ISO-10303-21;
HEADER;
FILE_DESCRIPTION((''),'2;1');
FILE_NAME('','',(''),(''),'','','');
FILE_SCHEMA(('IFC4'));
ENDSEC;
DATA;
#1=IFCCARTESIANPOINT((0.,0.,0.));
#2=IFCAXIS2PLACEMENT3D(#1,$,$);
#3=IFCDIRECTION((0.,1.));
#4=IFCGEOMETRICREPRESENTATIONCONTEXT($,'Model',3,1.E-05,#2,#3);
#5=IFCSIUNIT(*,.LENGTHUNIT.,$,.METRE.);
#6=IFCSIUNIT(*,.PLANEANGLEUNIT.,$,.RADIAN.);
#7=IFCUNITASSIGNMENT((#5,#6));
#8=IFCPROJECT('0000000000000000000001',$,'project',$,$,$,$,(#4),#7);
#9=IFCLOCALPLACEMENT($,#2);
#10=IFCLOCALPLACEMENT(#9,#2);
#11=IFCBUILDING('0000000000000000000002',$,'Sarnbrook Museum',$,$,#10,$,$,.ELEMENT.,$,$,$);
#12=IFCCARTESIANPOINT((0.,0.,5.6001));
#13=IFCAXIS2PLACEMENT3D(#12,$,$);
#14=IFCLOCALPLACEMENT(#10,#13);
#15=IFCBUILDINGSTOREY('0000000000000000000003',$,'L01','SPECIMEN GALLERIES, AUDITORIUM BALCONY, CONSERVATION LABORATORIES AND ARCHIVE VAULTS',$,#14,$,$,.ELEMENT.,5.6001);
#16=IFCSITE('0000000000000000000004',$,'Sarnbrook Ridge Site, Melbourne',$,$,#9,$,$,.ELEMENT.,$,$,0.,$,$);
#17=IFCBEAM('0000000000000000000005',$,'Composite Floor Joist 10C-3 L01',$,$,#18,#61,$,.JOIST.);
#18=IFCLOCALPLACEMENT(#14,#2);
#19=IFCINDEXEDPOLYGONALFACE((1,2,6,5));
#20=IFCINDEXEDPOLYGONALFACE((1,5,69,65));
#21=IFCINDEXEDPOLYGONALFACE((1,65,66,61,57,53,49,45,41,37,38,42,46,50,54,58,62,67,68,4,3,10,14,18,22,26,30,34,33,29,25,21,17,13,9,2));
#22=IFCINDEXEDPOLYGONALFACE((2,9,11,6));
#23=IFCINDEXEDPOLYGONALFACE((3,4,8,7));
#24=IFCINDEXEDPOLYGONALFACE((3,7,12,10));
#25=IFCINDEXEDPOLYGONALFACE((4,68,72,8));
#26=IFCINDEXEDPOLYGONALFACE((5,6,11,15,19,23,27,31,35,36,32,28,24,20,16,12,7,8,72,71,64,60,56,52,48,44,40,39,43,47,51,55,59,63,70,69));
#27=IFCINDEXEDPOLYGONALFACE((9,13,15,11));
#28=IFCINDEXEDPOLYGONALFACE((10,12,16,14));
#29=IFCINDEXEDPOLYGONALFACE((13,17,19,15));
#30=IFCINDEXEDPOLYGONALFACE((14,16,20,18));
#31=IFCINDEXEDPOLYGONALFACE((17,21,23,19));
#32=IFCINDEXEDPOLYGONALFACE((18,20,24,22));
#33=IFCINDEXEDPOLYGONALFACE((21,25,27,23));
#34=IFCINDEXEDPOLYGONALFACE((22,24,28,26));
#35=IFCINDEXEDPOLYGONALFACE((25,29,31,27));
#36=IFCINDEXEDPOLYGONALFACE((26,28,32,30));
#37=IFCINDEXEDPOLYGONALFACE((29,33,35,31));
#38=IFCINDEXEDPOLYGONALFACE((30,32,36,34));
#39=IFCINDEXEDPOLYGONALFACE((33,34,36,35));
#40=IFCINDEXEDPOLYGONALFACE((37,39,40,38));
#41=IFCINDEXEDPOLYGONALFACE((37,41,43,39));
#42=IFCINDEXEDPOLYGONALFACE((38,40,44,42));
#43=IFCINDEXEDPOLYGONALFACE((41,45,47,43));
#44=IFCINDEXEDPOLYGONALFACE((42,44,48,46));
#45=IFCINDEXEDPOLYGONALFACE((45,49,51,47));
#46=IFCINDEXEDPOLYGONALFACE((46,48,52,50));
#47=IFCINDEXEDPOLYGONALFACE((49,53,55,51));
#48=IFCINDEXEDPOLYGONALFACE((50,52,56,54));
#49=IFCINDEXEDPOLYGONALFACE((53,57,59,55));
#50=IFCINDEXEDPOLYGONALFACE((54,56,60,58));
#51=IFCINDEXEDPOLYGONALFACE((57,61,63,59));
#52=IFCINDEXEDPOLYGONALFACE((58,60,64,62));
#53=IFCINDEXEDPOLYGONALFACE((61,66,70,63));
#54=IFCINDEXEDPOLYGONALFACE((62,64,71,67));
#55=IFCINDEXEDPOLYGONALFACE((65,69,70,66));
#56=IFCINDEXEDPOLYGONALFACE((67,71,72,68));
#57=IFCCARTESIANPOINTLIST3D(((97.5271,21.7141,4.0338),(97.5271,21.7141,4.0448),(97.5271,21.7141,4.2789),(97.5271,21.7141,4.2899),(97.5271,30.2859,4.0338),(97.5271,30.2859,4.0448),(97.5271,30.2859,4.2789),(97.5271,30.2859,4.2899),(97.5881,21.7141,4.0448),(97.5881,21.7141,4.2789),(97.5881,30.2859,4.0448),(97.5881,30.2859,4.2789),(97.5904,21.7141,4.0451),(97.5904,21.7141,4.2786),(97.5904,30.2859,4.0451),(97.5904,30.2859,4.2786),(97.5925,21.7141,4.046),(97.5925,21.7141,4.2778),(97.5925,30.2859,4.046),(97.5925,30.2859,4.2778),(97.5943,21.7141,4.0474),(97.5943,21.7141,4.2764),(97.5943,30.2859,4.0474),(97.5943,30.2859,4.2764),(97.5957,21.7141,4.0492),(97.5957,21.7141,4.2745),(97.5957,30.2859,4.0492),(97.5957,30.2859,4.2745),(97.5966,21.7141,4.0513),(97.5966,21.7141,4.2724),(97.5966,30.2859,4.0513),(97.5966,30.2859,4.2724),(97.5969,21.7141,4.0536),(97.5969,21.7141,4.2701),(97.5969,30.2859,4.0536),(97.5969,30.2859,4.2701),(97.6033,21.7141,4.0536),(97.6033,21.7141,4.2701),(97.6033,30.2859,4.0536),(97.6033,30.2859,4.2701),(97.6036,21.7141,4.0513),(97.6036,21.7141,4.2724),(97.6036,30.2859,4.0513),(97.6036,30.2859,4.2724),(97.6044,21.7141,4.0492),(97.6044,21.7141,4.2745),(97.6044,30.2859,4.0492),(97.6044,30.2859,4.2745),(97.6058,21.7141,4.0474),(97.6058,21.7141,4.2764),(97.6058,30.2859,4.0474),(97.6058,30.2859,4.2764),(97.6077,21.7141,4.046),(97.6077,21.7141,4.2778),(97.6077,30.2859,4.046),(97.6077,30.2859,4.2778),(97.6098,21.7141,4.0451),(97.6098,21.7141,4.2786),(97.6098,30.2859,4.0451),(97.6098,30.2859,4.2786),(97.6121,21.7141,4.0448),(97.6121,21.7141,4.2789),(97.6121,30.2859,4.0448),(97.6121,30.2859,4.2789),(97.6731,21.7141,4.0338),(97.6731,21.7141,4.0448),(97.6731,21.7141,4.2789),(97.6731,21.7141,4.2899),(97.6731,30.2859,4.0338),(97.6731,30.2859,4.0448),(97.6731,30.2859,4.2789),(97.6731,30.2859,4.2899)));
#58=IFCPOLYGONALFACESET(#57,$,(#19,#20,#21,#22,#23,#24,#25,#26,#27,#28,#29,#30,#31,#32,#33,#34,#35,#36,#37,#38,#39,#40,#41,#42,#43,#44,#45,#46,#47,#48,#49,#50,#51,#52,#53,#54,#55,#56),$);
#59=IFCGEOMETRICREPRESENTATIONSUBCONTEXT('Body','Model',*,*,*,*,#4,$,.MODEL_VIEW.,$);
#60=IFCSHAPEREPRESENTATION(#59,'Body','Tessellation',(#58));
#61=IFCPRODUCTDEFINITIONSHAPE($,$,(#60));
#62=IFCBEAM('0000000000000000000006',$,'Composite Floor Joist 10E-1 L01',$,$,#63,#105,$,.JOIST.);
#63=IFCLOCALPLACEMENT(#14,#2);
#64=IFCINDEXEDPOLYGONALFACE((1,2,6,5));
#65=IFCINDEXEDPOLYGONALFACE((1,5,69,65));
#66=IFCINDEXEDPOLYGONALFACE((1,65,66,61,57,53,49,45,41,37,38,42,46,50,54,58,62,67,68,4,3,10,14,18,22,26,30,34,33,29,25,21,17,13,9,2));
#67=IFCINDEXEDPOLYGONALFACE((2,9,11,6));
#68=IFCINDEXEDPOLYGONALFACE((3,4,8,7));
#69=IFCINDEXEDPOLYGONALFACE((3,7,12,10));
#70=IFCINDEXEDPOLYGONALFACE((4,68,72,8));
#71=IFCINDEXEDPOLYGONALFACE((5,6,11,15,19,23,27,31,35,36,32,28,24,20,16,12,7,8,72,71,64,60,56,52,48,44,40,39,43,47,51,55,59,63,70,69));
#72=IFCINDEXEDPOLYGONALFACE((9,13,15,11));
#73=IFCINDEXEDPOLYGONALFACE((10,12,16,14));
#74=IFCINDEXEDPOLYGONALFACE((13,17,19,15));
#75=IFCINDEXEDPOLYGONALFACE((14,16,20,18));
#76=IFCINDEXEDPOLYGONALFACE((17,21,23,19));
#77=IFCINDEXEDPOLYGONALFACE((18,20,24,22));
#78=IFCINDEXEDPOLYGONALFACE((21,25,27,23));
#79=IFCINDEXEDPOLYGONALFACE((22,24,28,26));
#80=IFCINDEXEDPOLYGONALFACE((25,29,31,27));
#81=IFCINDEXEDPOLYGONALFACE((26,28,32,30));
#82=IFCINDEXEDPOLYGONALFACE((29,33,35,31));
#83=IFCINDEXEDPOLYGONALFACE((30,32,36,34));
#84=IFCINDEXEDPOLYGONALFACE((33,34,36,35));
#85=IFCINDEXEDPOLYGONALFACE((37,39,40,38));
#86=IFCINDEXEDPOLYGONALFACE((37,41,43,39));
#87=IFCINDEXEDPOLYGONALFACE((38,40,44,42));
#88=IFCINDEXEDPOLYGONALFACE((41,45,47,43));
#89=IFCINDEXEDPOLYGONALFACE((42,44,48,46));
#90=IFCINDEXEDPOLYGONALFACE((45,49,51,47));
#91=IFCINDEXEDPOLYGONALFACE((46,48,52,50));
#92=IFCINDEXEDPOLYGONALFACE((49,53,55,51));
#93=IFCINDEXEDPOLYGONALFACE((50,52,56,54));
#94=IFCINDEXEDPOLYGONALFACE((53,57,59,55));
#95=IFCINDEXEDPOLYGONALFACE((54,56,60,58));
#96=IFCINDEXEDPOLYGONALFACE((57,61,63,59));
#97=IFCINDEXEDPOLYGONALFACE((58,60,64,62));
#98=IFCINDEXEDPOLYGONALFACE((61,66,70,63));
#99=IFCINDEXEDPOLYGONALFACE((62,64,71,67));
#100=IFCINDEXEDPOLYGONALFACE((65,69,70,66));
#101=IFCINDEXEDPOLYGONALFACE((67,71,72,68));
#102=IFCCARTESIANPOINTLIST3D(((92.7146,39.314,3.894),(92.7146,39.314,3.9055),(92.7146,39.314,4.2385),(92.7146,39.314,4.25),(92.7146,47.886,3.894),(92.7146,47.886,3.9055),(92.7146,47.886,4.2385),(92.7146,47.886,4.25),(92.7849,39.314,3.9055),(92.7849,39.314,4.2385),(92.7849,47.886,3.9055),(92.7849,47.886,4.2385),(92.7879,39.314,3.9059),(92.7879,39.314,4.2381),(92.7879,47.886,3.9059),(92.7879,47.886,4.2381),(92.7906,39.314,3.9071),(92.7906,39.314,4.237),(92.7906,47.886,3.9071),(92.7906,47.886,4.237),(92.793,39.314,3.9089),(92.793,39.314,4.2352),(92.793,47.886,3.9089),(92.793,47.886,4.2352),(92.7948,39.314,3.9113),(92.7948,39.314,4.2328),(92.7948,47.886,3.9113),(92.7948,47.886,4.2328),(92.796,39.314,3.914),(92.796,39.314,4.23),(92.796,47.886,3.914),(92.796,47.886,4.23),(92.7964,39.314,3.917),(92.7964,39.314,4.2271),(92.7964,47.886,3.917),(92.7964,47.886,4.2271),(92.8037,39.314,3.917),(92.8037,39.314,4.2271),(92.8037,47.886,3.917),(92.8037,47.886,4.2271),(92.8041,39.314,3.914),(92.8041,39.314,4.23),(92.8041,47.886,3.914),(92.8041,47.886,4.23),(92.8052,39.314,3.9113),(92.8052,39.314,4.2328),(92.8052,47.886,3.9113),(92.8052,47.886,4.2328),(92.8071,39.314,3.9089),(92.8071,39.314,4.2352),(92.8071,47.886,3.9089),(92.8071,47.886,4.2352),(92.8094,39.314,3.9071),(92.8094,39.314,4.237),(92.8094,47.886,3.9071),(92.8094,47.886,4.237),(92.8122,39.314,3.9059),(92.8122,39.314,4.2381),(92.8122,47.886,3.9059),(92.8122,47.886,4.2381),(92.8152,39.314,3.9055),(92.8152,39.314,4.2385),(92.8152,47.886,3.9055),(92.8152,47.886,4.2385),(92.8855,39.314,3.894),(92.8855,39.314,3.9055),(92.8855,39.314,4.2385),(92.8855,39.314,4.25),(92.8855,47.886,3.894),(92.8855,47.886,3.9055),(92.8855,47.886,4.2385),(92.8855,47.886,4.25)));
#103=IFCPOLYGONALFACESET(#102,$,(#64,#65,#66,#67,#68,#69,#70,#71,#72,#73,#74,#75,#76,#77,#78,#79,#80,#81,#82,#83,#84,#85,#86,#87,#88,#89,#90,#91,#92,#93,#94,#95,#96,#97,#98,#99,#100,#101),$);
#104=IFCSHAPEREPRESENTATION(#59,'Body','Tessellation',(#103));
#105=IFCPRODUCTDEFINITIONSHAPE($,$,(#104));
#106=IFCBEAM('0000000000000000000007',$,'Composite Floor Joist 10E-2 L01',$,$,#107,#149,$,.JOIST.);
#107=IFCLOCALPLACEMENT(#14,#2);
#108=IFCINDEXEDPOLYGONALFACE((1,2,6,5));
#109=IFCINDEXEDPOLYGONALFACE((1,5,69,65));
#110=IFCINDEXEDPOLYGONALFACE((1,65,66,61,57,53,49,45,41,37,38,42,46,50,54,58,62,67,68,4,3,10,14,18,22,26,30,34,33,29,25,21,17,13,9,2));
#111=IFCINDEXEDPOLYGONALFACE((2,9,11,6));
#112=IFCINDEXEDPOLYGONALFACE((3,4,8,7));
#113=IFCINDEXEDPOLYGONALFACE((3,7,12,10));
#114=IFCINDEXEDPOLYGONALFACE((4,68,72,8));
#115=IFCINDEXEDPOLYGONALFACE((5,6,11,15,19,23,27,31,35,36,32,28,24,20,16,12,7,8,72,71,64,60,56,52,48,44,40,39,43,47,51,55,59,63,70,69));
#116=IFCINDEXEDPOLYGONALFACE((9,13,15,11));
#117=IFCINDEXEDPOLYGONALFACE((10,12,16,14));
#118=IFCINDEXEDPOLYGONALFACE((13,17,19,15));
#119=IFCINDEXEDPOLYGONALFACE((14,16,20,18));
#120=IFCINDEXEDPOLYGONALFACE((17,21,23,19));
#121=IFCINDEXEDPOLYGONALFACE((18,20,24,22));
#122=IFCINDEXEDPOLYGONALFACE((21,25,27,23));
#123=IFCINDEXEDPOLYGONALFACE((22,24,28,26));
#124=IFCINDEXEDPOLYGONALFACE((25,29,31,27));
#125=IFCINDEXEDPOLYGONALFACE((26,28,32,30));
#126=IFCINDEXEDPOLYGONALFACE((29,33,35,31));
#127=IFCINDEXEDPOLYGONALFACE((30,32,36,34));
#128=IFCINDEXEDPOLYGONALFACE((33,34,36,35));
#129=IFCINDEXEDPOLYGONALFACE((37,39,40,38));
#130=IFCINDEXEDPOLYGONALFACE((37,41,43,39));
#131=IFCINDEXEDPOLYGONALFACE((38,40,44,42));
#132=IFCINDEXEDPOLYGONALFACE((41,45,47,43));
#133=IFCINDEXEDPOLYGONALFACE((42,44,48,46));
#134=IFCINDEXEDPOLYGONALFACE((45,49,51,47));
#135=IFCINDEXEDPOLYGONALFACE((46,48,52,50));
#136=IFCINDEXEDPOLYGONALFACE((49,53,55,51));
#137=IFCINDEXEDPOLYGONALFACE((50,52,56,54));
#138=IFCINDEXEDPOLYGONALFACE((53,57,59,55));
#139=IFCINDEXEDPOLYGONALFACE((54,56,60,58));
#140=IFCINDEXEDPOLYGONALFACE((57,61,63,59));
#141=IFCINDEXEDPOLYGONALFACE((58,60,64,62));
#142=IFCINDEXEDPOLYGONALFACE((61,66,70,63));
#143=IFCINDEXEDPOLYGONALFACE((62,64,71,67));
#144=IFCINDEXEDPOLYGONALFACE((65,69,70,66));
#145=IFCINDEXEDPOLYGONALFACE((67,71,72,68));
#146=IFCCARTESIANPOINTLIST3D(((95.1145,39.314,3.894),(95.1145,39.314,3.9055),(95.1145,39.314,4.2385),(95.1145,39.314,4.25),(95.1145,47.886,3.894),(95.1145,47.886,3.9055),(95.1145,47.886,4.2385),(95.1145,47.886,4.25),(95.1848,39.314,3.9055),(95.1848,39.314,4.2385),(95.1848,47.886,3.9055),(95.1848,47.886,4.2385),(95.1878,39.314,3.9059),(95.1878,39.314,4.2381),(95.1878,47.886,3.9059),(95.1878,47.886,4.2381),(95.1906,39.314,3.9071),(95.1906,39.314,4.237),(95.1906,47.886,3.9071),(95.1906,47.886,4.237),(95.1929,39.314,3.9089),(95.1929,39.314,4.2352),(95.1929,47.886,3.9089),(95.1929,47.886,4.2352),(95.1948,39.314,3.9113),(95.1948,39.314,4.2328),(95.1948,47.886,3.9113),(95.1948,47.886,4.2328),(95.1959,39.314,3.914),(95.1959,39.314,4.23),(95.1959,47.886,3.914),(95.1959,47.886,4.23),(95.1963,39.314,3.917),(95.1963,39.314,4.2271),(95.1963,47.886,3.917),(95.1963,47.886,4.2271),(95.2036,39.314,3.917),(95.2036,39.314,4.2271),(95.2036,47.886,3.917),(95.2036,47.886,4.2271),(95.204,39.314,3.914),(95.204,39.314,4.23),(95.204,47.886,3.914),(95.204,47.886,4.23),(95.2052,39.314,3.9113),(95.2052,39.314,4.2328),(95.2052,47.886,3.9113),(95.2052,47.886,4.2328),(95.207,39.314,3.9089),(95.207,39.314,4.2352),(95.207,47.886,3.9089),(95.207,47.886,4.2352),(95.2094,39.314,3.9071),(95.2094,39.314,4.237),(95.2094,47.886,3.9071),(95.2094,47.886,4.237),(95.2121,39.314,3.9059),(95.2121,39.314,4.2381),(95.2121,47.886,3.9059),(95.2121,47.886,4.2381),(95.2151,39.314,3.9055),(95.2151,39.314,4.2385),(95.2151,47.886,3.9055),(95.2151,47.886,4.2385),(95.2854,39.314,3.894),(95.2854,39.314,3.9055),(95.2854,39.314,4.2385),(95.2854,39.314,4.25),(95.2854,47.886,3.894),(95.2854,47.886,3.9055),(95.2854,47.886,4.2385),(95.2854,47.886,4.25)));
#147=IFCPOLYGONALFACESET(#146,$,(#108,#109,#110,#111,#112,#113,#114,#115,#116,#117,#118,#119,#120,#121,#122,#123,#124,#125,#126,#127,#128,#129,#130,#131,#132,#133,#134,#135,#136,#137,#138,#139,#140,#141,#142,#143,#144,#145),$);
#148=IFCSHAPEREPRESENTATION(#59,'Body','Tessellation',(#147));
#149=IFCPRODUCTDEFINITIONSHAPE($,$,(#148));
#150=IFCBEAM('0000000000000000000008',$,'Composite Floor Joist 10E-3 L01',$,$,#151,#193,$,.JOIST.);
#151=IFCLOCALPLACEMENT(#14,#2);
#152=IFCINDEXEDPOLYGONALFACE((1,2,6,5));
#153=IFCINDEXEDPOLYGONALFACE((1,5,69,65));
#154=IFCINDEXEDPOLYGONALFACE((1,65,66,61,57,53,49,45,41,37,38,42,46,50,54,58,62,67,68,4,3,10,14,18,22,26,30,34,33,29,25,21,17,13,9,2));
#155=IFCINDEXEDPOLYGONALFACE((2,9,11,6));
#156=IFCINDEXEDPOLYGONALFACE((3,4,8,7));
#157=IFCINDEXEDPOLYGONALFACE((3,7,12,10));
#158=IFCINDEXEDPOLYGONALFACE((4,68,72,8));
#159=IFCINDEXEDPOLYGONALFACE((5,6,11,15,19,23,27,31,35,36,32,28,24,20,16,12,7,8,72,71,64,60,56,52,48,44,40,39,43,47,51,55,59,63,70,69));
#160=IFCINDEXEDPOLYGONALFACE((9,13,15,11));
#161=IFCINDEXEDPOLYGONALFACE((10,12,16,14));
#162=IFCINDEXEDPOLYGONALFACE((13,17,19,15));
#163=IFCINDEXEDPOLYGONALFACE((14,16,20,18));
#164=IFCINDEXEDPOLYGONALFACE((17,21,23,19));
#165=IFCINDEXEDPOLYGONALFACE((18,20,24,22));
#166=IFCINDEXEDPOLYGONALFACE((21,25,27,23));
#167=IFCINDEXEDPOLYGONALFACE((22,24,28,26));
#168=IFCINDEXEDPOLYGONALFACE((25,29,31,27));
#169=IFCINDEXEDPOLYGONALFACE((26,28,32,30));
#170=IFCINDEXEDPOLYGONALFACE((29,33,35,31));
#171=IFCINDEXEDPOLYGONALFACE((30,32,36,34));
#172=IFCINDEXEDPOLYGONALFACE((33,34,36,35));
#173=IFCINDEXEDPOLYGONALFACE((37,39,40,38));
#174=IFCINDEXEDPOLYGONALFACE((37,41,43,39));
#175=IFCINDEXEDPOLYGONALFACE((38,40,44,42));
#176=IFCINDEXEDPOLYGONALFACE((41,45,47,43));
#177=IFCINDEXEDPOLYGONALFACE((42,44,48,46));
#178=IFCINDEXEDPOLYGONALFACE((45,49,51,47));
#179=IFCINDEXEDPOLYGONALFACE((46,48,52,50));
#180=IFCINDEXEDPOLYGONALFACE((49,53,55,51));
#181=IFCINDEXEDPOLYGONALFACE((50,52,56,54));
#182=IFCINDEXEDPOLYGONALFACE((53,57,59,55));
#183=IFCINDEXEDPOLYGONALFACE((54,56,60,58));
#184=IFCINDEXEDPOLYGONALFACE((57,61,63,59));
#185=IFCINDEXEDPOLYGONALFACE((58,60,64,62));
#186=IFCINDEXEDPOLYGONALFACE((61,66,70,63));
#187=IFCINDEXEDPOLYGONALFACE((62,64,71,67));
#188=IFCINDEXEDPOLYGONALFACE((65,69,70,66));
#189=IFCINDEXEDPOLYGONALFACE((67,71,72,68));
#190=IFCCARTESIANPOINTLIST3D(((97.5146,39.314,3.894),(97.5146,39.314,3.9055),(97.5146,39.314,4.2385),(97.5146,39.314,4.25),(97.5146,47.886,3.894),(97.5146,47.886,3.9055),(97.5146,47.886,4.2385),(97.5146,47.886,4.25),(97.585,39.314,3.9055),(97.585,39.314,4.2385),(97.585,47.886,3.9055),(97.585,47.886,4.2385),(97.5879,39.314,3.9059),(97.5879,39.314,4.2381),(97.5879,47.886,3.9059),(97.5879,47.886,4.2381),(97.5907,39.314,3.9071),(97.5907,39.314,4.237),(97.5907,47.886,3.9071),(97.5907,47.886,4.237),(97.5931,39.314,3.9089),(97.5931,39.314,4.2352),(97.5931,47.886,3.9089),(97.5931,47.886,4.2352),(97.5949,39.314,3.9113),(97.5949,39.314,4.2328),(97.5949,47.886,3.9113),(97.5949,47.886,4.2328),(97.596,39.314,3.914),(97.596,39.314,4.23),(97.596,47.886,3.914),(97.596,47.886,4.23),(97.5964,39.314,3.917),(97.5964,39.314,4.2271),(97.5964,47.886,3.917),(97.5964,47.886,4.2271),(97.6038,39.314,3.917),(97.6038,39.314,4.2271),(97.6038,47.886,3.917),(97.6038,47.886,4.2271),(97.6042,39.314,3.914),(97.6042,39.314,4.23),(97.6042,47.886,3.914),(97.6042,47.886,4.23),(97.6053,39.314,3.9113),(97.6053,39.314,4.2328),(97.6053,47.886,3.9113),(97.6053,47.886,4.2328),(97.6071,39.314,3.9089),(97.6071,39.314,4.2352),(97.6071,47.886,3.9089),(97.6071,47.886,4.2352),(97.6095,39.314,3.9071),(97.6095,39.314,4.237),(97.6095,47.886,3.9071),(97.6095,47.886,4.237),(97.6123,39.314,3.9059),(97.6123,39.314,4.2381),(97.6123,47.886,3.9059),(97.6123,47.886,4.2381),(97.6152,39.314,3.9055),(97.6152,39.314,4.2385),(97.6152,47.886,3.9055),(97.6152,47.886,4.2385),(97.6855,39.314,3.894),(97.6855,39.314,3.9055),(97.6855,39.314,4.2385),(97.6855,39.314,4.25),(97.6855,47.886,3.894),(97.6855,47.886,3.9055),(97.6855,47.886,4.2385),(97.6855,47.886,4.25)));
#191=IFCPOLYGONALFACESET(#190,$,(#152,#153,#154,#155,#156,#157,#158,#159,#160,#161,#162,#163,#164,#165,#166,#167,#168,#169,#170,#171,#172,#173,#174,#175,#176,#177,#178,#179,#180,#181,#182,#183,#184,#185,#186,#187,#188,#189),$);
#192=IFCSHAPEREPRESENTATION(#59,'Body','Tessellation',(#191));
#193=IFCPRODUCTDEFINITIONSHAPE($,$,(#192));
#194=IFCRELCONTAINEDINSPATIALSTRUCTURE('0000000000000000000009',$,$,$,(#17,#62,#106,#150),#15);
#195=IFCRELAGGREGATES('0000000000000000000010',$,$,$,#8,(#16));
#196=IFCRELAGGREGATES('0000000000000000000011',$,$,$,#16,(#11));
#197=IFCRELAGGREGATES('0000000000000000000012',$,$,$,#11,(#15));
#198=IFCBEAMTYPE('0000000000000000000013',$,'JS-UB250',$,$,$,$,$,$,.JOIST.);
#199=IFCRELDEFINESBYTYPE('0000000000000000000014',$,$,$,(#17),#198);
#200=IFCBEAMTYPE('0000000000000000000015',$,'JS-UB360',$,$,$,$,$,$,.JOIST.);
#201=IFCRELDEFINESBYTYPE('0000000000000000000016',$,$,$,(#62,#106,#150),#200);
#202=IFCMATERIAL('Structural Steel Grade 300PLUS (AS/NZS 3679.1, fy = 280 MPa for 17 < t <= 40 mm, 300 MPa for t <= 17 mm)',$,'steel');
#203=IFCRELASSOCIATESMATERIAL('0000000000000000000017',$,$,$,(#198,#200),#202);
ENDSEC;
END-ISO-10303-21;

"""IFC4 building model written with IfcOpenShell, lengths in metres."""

from ifc_helpers import new_model, si_unit, direction, frame, origin, origin_2d, place, context, subcontext, project, spatial, i_section, extrude, material, material_profile, profile_set, type_object, element, save


model = new_model("IFC4")

# Units and contexts
model_context = context("Model", 3, precision=1e-05, world=origin(), true_north=direction((0.0, 1.0)))
body_context = subcontext(model_context, "Body", "Model", "MODEL_VIEW")
ifc_project = project(units=[si_unit("LENGTHUNIT", "METRE"), si_unit("PLANEANGLEUNIT", "RADIAN")], contexts=[model_context])

# Site, building, storey
site_placement = place(None, origin())
site = spatial("IfcSite", under=ifc_project, at=site_placement, Name="Sarnbrook Ridge Site, Melbourne", CompositionType="ELEMENT", RefElevation=0.0)
building_placement = place(site_placement, origin())
building = spatial("IfcBuilding", under=site, at=building_placement, Name="Sarnbrook Museum", CompositionType="ELEMENT")
storey_placement = place(building_placement, frame((0.0, 0.0, 5.6001)))
storey = spatial("IfcBuildingStorey", under=building, at=storey_placement, Name="L01", Description="SPECIMEN GALLERIES, AUDITORIUM BALCONY, CONSERVATION LABORATORIES AND ARCHIVE VAULTS", CompositionType="ELEMENT", Elevation=5.6001)

# Shared definitions
ifc_material_1 = material(Name="Structural Steel Grade 300PLUS (AS/NZS 3679.1, fy = 280 MPa for 17 < t <= 40 mm, 300 MPa for t <= 17 mm)", Category="steel")

# Beams
ifc_material_profile_1 = material_profile(ifc_material_1, i_section(OverallWidth=0.146, OverallDepth=0.2561, WebThickness=0.0063, FlangeThickness=0.011, FilletRadius=0.0088, at=origin_2d()), Name="250UB37.3")
ifc_profile_set_1 = profile_set([ifc_material_profile_1], Name="Structural Steel Grade 300PLUS (AS/NZS 3679.1, fy = 280 MPa for 17 < t <= 40 mm, 300 MPa for t <= 17 mm)")
beam_type_1 = type_object("IfcBeamType", Name="JS-UB250", PredefinedType="JOIST", material=ifc_profile_set_1)
for number, where, z_axis, x_axis, name in (
    (1, (97.6001, 21.7141, 4.1619), (0.0, 1.0, 0.0), (-1.0, 0.0, 0.0), "Composite Floor Joist 10C-3 L01"),
):
    element("IfcBeam", number, at=place(storey_placement, frame(where, z_axis=z_axis, x_axis=x_axis)), inside=storey, type_object=beam_type_1, Name=name, PredefinedType="JOIST", context=body_context, shape_type="SweptSolid", body=[
        extrude(i_section(OverallWidth=0.146, OverallDepth=0.2561, WebThickness=0.0063, FlangeThickness=0.011, FilletRadius=0.0088, at=origin_2d()), origin(), (0.0, 0.0, 1.0), 8.5718),
    ])
ifc_material_profile_2 = material_profile(ifc_material_1, i_section(OverallWidth=0.1709, OverallDepth=0.356, WebThickness=0.0073, FlangeThickness=0.0115, FilletRadius=0.0115, at=origin_2d()), Name="360UB50.7")
ifc_profile_set_2 = profile_set([ifc_material_profile_2], Name="Structural Steel Grade 300PLUS (AS/NZS 3679.1, fy = 280 MPa for 17 < t <= 40 mm, 300 MPa for t <= 17 mm)")
beam_type_2 = type_object("IfcBeamType", Name="JS-UB360", PredefinedType="JOIST", material=ifc_profile_set_2)
for number, where, z_axis, x_axis, name in (
    (2, (92.8, 39.314, 4.072), (0.0, 1.0, 0.0), (-1.0, 0.0, 0.0), "Composite Floor Joist 10E-1 L01"),
    (3, (95.2, 39.314, 4.072), (0.0, 1.0, 0.0), (-1.0, 0.0, 0.0), "Composite Floor Joist 10E-2 L01"),
    (4, (97.6001, 39.314, 4.072), (0.0, 1.0, 0.0), (-1.0, 0.0, 0.0), "Composite Floor Joist 10E-3 L01"),
):
    element("IfcBeam", number, at=place(storey_placement, frame(where, z_axis=z_axis, x_axis=x_axis)), inside=storey, type_object=beam_type_2, Name=name, PredefinedType="JOIST", context=body_context, shape_type="SweptSolid", body=[
        extrude(i_section(OverallWidth=0.1709, OverallDepth=0.356, WebThickness=0.0073, FlangeThickness=0.0115, FilletRadius=0.0115, at=origin_2d()), origin(), (0.0, 0.0, 1.0), 8.572),
    ])

save(model, "model.ifc")
